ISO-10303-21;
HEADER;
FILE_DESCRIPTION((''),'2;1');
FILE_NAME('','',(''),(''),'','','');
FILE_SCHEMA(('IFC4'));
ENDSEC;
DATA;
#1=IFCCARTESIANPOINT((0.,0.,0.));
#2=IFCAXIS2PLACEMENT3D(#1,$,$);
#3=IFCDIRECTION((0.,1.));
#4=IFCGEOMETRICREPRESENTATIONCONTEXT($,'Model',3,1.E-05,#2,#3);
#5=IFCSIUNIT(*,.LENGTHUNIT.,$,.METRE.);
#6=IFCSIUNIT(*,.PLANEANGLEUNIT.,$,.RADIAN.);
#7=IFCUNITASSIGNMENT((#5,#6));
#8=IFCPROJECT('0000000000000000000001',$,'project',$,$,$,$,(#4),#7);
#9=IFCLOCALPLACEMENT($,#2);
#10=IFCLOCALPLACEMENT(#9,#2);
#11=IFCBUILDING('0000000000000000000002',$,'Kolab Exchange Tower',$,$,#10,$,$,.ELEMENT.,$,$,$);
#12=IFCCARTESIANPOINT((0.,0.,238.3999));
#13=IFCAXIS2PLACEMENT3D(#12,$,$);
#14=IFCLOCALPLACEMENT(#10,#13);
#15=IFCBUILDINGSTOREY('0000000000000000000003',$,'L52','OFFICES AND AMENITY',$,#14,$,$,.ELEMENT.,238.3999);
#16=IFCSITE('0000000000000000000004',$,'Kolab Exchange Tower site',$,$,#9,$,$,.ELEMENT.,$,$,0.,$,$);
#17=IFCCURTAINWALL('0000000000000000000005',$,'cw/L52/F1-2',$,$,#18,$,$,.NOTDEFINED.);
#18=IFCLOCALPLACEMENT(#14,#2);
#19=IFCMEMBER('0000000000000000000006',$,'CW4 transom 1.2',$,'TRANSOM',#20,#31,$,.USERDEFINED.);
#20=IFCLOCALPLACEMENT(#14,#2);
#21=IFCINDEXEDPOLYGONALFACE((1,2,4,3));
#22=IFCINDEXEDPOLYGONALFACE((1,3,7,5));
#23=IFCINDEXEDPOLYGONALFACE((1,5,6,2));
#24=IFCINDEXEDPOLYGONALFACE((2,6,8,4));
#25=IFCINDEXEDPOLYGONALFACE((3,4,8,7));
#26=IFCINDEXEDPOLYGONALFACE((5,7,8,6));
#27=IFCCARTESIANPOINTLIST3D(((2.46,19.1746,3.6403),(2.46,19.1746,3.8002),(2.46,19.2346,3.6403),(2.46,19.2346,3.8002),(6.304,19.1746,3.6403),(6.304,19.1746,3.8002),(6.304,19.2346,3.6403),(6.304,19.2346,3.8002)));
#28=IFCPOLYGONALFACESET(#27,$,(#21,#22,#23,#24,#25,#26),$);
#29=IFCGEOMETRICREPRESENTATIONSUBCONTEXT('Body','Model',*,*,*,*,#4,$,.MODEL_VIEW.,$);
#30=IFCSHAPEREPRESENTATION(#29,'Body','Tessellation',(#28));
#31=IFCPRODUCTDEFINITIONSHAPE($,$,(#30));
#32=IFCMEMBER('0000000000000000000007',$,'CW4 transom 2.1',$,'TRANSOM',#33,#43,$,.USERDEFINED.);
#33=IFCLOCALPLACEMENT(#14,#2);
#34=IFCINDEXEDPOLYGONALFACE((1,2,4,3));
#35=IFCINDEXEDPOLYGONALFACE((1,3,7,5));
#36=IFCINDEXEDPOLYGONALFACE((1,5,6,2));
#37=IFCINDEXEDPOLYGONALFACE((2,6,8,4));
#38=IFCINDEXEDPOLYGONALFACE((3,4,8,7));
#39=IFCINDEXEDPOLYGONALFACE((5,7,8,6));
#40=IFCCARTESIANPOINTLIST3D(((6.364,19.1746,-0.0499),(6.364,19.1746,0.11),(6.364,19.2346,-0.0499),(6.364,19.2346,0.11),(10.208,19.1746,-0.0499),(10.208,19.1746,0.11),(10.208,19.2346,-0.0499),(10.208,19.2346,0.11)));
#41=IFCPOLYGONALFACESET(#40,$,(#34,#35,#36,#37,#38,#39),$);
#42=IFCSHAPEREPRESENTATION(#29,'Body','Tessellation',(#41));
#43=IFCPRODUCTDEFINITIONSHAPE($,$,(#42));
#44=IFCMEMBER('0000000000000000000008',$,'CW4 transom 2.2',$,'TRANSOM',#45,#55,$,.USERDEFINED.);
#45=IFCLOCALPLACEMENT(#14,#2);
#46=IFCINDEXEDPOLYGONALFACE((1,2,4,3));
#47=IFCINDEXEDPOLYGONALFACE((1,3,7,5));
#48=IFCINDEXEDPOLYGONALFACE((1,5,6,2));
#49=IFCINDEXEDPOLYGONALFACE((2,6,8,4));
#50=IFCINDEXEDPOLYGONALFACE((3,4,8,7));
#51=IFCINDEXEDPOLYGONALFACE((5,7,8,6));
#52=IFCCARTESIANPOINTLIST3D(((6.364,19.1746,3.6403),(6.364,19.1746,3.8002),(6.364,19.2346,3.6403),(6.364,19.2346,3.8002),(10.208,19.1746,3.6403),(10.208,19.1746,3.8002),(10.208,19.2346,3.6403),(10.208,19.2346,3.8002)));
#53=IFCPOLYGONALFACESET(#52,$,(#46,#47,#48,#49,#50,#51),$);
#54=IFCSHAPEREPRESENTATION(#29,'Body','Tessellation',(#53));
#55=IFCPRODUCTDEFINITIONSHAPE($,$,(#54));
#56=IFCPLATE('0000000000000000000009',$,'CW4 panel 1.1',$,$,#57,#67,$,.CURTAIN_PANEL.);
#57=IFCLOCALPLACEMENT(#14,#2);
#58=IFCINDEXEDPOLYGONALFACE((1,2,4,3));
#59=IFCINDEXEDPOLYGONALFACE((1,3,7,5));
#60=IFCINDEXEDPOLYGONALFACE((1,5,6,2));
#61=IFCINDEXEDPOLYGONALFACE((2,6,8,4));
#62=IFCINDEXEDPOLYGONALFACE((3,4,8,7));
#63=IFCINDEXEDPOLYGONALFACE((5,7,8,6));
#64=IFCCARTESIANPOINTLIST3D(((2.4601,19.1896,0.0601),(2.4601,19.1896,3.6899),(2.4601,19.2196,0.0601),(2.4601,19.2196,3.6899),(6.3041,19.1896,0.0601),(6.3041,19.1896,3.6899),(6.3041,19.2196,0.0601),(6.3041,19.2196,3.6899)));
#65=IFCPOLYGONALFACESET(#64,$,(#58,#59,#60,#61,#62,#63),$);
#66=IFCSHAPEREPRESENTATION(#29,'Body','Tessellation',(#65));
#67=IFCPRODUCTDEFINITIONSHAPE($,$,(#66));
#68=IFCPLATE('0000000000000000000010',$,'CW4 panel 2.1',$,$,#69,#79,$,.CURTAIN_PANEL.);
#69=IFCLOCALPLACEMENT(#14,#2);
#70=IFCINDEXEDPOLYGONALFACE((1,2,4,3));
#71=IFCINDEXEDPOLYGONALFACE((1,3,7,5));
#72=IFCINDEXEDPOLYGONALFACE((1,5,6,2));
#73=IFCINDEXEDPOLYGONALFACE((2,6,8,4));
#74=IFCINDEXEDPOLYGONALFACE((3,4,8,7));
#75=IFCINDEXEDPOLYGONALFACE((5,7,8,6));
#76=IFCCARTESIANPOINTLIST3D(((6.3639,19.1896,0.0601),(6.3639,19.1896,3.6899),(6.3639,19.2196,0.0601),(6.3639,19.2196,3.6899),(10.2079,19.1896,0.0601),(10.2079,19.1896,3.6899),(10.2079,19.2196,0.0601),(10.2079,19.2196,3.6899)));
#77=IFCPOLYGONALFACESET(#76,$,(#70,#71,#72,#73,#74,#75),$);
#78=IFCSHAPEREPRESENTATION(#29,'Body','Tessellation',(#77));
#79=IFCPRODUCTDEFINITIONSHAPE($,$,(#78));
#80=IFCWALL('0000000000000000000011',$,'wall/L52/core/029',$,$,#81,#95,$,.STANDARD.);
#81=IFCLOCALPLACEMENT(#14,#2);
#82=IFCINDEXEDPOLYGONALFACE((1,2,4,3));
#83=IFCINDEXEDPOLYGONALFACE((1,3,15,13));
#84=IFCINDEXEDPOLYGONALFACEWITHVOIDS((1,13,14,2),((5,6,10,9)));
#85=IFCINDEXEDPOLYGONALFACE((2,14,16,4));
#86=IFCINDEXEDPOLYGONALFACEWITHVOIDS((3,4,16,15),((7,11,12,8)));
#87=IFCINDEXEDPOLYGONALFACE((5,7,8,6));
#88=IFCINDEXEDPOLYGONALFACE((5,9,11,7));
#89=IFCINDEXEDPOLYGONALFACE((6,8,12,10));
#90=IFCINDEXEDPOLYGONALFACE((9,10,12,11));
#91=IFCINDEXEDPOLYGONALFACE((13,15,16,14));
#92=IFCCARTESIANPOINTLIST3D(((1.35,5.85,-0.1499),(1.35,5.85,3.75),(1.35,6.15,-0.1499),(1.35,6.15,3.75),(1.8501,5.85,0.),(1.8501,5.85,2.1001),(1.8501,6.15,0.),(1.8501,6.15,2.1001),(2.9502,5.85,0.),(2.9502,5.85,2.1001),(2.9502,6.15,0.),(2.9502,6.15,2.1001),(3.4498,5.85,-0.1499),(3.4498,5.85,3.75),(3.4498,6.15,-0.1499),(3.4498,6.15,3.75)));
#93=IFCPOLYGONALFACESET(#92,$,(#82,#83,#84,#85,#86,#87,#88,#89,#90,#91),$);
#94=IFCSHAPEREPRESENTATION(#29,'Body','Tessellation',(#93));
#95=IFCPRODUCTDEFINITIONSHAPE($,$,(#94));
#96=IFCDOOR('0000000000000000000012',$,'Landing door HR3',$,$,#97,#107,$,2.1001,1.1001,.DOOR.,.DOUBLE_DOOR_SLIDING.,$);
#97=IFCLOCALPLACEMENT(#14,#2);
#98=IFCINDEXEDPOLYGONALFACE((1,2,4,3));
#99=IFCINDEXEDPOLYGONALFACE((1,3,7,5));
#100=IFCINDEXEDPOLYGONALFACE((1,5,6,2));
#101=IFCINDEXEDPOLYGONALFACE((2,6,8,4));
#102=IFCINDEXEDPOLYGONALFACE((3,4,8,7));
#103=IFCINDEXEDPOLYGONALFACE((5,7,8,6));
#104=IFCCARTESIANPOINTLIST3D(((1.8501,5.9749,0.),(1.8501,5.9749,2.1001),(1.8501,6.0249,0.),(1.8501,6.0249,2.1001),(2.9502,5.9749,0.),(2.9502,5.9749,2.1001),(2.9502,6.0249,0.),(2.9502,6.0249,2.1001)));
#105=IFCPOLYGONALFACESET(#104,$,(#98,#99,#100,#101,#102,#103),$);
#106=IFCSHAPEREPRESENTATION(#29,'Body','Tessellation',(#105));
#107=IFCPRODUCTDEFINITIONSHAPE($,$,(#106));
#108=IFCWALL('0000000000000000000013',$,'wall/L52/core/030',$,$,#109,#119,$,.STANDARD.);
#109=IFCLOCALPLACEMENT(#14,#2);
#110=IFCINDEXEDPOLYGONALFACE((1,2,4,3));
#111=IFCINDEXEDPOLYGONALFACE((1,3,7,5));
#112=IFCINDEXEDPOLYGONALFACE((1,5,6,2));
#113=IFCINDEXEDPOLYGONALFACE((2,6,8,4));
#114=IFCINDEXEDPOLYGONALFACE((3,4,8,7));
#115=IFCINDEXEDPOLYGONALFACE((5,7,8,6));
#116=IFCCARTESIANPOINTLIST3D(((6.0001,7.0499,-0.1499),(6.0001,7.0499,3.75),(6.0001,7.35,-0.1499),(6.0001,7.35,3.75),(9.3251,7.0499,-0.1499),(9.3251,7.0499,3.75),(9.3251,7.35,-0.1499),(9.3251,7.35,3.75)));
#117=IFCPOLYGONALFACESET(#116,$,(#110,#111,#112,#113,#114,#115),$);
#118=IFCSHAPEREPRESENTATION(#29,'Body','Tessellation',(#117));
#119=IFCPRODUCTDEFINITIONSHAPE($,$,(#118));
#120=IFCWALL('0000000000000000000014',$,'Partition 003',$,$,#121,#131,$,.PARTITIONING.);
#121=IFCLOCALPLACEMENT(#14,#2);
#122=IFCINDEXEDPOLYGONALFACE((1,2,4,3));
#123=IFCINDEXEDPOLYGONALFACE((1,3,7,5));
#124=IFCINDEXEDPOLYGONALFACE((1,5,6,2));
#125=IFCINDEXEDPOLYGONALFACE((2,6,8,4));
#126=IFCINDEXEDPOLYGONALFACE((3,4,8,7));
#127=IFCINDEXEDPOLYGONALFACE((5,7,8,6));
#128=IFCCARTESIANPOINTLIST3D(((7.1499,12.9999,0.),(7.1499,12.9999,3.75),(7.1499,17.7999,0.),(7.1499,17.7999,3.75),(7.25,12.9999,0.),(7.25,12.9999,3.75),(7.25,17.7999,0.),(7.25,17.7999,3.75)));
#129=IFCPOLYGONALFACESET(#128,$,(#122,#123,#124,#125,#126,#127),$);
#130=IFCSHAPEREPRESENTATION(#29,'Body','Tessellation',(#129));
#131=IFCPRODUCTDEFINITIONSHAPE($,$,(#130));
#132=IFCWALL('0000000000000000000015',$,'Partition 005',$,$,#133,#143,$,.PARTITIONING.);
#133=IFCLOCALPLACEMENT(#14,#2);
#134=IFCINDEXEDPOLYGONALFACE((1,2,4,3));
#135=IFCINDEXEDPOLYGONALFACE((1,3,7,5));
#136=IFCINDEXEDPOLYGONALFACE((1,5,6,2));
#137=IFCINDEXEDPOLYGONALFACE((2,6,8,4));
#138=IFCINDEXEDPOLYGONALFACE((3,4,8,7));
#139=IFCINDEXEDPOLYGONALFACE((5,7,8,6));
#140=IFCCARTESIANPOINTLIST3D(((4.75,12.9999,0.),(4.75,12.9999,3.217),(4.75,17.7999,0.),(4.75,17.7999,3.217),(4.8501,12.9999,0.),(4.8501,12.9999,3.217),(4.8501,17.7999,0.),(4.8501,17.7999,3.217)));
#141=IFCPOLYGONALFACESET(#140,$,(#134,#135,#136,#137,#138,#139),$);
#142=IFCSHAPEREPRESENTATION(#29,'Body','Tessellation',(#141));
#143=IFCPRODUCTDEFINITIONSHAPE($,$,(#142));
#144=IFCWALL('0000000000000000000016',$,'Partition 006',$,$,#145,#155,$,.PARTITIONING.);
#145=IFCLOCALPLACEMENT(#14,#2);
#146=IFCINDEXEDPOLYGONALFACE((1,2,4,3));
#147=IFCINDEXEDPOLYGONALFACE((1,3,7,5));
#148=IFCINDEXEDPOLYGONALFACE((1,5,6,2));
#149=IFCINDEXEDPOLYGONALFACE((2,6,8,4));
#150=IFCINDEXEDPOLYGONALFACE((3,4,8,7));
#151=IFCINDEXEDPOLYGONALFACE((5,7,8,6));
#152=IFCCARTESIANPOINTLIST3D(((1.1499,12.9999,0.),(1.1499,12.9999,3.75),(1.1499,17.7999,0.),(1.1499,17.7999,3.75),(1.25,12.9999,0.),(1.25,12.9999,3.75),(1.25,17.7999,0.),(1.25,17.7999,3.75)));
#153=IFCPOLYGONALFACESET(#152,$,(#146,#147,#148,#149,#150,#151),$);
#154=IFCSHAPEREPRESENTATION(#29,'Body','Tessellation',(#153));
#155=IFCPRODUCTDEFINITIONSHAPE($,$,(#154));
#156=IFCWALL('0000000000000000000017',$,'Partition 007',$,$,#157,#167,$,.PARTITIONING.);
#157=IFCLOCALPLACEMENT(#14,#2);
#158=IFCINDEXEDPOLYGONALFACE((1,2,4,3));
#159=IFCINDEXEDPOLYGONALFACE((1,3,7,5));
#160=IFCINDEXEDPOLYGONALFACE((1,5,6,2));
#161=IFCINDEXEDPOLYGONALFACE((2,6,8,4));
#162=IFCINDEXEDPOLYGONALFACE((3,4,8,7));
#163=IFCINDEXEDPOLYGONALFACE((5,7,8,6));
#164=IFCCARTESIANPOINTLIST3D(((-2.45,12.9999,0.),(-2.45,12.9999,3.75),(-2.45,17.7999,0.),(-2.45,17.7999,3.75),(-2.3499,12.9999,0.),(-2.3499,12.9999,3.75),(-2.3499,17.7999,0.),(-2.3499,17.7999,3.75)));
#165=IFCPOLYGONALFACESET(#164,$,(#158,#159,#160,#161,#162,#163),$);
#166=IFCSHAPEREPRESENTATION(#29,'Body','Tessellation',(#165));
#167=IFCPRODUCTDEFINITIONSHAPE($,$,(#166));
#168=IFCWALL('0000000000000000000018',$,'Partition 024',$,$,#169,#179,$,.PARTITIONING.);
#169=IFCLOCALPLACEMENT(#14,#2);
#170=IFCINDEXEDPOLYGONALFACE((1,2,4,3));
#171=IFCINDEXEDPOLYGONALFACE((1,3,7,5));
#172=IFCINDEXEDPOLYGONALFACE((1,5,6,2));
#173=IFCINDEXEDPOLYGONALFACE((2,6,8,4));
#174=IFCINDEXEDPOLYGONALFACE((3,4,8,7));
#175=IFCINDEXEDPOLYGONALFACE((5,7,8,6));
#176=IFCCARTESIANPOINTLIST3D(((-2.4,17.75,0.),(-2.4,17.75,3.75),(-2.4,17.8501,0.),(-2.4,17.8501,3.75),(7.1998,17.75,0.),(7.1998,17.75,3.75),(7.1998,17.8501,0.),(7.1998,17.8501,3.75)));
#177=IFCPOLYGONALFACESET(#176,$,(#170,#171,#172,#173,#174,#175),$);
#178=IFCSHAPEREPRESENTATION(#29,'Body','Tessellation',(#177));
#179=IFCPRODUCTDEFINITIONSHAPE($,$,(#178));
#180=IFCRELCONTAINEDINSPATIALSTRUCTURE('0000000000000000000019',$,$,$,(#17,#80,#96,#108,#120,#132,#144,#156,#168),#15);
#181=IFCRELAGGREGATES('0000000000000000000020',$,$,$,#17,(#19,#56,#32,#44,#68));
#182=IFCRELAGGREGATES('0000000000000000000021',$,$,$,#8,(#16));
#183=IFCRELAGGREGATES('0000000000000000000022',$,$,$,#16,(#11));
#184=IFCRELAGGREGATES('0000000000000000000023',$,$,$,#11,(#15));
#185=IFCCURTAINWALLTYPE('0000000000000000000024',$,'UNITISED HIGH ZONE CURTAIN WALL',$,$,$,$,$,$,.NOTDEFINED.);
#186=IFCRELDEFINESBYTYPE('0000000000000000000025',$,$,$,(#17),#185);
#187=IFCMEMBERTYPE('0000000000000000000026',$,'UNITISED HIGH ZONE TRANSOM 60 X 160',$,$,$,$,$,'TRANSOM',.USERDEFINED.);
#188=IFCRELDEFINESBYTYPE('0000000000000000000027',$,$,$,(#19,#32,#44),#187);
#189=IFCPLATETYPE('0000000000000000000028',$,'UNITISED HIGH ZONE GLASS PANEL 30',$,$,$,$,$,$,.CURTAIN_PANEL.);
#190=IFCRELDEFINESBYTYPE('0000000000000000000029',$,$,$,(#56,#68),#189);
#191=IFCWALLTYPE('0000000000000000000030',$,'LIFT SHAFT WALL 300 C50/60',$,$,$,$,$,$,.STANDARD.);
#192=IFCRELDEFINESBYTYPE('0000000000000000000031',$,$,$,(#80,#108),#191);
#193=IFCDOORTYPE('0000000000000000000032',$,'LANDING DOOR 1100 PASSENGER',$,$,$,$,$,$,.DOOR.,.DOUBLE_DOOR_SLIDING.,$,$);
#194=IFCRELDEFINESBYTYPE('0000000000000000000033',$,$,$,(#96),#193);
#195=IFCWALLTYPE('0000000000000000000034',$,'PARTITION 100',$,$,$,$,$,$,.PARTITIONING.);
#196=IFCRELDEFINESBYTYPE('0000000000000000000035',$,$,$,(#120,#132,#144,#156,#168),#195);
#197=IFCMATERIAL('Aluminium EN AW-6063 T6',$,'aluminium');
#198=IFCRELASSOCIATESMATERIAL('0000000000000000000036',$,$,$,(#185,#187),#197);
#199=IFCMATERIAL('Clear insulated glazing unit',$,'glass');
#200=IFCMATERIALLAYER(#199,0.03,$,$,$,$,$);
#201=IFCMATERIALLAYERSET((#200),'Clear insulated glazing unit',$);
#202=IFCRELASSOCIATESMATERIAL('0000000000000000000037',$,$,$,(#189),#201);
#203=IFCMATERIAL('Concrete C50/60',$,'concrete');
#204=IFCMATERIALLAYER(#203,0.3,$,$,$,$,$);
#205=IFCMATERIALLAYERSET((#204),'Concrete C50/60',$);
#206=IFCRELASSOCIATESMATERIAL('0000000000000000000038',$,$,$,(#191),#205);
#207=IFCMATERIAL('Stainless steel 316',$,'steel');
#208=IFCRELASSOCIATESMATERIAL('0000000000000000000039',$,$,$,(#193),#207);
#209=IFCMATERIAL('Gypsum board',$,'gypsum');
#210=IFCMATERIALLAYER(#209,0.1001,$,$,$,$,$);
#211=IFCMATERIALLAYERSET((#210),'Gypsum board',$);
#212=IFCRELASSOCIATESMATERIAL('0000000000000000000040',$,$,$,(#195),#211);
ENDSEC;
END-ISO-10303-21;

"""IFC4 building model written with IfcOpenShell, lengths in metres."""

from ifc_helpers import new_model, si_unit, direction, frame, frame_2d, origin, origin_2d, place, context, subcontext, project, spatial, rectangle, extrude, material, layer, layer_set, material_profile, profile_set, type_object, element, fill, aggregate, save


model = new_model("IFC4")

# Units and contexts
model_context = context("Model", 3, precision=1e-05, world=origin(), true_north=direction((0.0, 1.0)))
body_context = subcontext(model_context, "Body", "Model", "MODEL_VIEW")
ifc_project = project(units=[si_unit("LENGTHUNIT", "METRE"), si_unit("PLANEANGLEUNIT", "RADIAN")], contexts=[model_context])

# Site, building, storey
site_placement = place(None, origin())
site = spatial("IfcSite", under=ifc_project, at=site_placement, Name="Kolab Exchange Tower site", CompositionType="ELEMENT", RefElevation=0.0)
building_placement = place(site_placement, origin())
building = spatial("IfcBuilding", under=site, at=building_placement, Name="Kolab Exchange Tower", CompositionType="ELEMENT")
storey_placement = place(building_placement, frame((0.0, 0.0, 238.3999)))
storey = spatial("IfcBuildingStorey", under=building, at=storey_placement, Name="L52", Description="OFFICES AND AMENITY", CompositionType="ELEMENT", Elevation=238.3999)

# Shared definitions
ifc_material_1 = material(Name="Concrete C50/60", Category="concrete")

# Shared definitions
ifc_material_2 = material(Name="Aluminium EN AW-6063 T6", Category="aluminium")
curtain_wall_type = type_object("IfcCurtainWallType", Name="UNITISED HIGH ZONE CURTAIN WALL", PredefinedType="NOTDEFINED", material=ifc_material_2)

# Curtain wall, members, plates
curtain_wall_1_placement = place(storey_placement, origin())
curtain_wall_1 = element("IfcCurtainWall", 1, at=curtain_wall_1_placement, inside=storey, type_object=curtain_wall_type, Name="cw/L52/F1-2", PredefinedType="NOTDEFINED")
ifc_material_profile_1 = material_profile(ifc_material_2, rectangle(XDim=0.0601, YDim=0.1599, at=origin_2d()), Name="RECT 60X160")
ifc_profile_set_1 = profile_set([ifc_material_profile_1], Name="Aluminium EN AW-6063 T6")
member_type_1 = type_object("IfcMemberType", Name="UNITISED HIGH ZONE TRANSOM 60 X 160", ElementType="TRANSOM", PredefinedType="USERDEFINED", material=ifc_profile_set_1)
member_1_placement = place(storey_placement, frame((2.46, 19.2046, 3.7202), z_axis=(1.0, 0.0, 0.0), x_axis=(0.0, 1.0, 0.0)))
member_1 = element("IfcMember", 2, at=member_1_placement, type_object=member_type_1, Name="CW4 transom 1.2", ObjectType="TRANSOM", PredefinedType="USERDEFINED", context=body_context, shape_type="SweptSolid", body=[
    extrude(rectangle(XDim=0.0601, YDim=0.1599, at=origin_2d()), origin(), (0.0, 0.0, 1.0), 3.844),
])
member_2_placement = place(storey_placement, frame((6.364, 19.2046, 0.03), z_axis=(1.0, 0.0, 0.0), x_axis=(0.0, 1.0, 0.0)))
member_2 = element("IfcMember", 3, at=member_2_placement, type_object=member_type_1, Name="CW4 transom 2.1", ObjectType="TRANSOM", PredefinedType="USERDEFINED", context=body_context, shape_type="SweptSolid", body=[
    extrude(rectangle(XDim=0.0601, YDim=0.1599, at=origin_2d()), origin(), (0.0, 0.0, 1.0), 3.844),
])
member_3_placement = place(storey_placement, frame((6.364, 19.2046, 3.7202), z_axis=(1.0, 0.0, 0.0), x_axis=(0.0, 1.0, 0.0)))
member_3 = element("IfcMember", 4, at=member_3_placement, type_object=member_type_1, Name="CW4 transom 2.2", ObjectType="TRANSOM", PredefinedType="USERDEFINED", context=body_context, shape_type="SweptSolid", body=[
    extrude(rectangle(XDim=0.0601, YDim=0.1599, at=origin_2d()), origin(), (0.0, 0.0, 1.0), 3.844),
])
ifc_material_3 = material(Name="Clear insulated glazing unit", Category="glass")
ifc_layer_1 = layer(ifc_material_3, 0.03)
ifc_layer_set_1 = layer_set([ifc_layer_1], Name="Clear insulated glazing unit")
plate_type = type_object("IfcPlateType", Name="UNITISED HIGH ZONE GLASS PANEL 30", PredefinedType="CURTAIN_PANEL", material=ifc_layer_set_1)
plate_1_placement = place(storey_placement, frame((4.3821, 19.2046, 0.0601), z_axis=(0.0, 0.0, 1.0), x_axis=(1.0, 0.0, 0.0)))
plate_1 = element("IfcPlate", 5, at=plate_1_placement, type_object=plate_type, Name="CW4 panel 1.1", PredefinedType="CURTAIN_PANEL", context=body_context, shape_type="SweptSolid", body=[
    extrude(rectangle(XDim=3.844, YDim=0.03, at=origin_2d()), origin(), (0.0, 0.0, 1.0), 3.6299),
])
plate_2_placement = place(storey_placement, frame((8.2859, 19.2046, 0.0601), z_axis=(0.0, 0.0, 1.0), x_axis=(1.0, 0.0, 0.0)))
plate_2 = element("IfcPlate", 6, at=plate_2_placement, type_object=plate_type, Name="CW4 panel 2.1", PredefinedType="CURTAIN_PANEL", context=body_context, shape_type="SweptSolid", body=[
    extrude(rectangle(XDim=3.844, YDim=0.03, at=origin_2d()), origin(), (0.0, 0.0, 1.0), 3.6299),
])
aggregate(curtain_wall_1, [member_1, plate_1, member_2, member_3, plate_2])

# Wall, opening, door
ifc_layer_2 = layer(ifc_material_1, 0.3)
ifc_layer_set_2 = layer_set([ifc_layer_2], Name="Concrete C50/60")
wall_type_1 = type_object("IfcWallType", Name="LIFT SHAFT WALL 300 C50/60", PredefinedType="STANDARD", material=ifc_layer_set_2)
wall_1_placement = place(storey_placement, frame((1.3501, 6.0, -0.1499), z_axis=(0.0, 0.0, 1.0), x_axis=(1.0, 0.0, 0.0)))
wall_1 = element("IfcWall", 7, at=wall_1_placement, inside=storey, type_object=wall_type_1, Name="wall/L52/core/029", PredefinedType="STANDARD", context=body_context, shape_type="SweptSolid", body=[
    extrude(rectangle(XDim=2.0999, YDim=0.3, at=frame_2d((1.0498, 0.0))), origin(), (0.0, 0.0, 1.0), 3.8999),
])
opening_1_placement = place(wall_1_placement, frame((0.5, 0.0, 0.1499)))
opening_1 = element("IfcOpeningElement", 8, at=opening_1_placement, cuts=wall_1, PredefinedType="OPENING", context=body_context, shape_type="SweptSolid", body=[
    extrude(rectangle(XDim=1.1001, YDim=2.1001, at=frame_2d((0.55, 1.05))), frame((0.0, 0.1602, 0.0), z_axis=(0.0, -1.0, 0.0), x_axis=(1.0, 0.0, 0.0)), (0.0, 0.0, 1.0), 0.3201),
])
ifc_material_4 = material(Name="Stainless steel 316", Category="steel")
door_type_1 = type_object("IfcDoorType", Name="LANDING DOOR 1100 PASSENGER", OperationType="DOUBLE_DOOR_SLIDING", PredefinedType="DOOR", material=ifc_material_4)
door_1_placement = place(opening_1_placement, origin())
door_1 = element("IfcDoor", 9, at=door_1_placement, inside=storey, type_object=door_type_1, Name="Landing door HR3", OperationType="DOUBLE_DOOR_SLIDING", OverallHeight=2.1001, OverallWidth=1.1001, PredefinedType="DOOR", context=body_context, shape_type="SweptSolid", body=[
    extrude(rectangle(XDim=1.1001, YDim=2.1001, at=frame_2d((0.55, 1.05))), frame((0.0, 0.0249, 0.0), z_axis=(0.0, -1.0, 0.0), x_axis=(1.0, 0.0, 0.0)), (0.0, 0.0, 1.0), 0.05),
])
fill(opening_1, door_1)

# Walls
wall_2_placement = place(storey_placement, frame((6.0, 7.2, -0.1499), z_axis=(0.0, 0.0, 1.0), x_axis=(1.0, 0.0, 0.0)))
element("IfcWall", 10, at=wall_2_placement, inside=storey, type_object=wall_type_1, Name="wall/L52/core/030", PredefinedType="STANDARD", context=body_context, shape_type="SweptSolid", body=[
    extrude(rectangle(XDim=3.325, YDim=0.3, at=frame_2d((1.6626, 0.0))), origin(), (0.0, 0.0, 1.0), 3.8999),
])
ifc_material_5 = material(Name="Gypsum board", Category="gypsum")
ifc_layer_3 = layer(ifc_material_5, 0.1001)
ifc_layer_set_3 = layer_set([ifc_layer_3], Name="Gypsum board")
wall_type_2 = type_object("IfcWallType", Name="PARTITION 100", PredefinedType="PARTITIONING", material=ifc_layer_set_3)
wall_3_placement = place(storey_placement, frame((7.2, 13.0, 0.0), z_axis=(0.0, 0.0, 1.0), x_axis=(0.0, 1.0, 0.0)))
element("IfcWall", 11, at=wall_3_placement, inside=storey, type_object=wall_type_2, Name="Partition 003", PredefinedType="PARTITIONING", context=body_context, shape_type="SweptSolid", body=[
    extrude(rectangle(XDim=4.8, YDim=0.1001, at=frame_2d((2.3999, 0.0))), origin(), (0.0, 0.0, 1.0), 3.75),
])
wall_4_placement = place(storey_placement, frame((4.8, 13.0, 0.0), z_axis=(0.0, 0.0, 1.0), x_axis=(0.0, 1.0, 0.0)))
element("IfcWall", 12, at=wall_4_placement, inside=storey, type_object=wall_type_2, Name="Partition 005", PredefinedType="PARTITIONING", context=body_context, shape_type="SweptSolid", body=[
    extrude(rectangle(XDim=4.8, YDim=0.1001, at=frame_2d((2.3999, 0.0))), origin(), (0.0, 0.0, 1.0), 3.217),
])
for number, where, z_axis, x_axis, name in (
    (13, (1.2, 13.0, 0.0), (0.0, 0.0, 1.0), (0.0, 1.0, 0.0), "Partition 006"),
    (14, (-2.3999, 13.0, 0.0), (0.0, 0.0, 1.0), (0.0, 1.0, 0.0), "Partition 007"),
):
    element("IfcWall", number, at=place(storey_placement, frame(where, z_axis=z_axis, x_axis=x_axis)), inside=storey, type_object=wall_type_2, Name=name, PredefinedType="PARTITIONING", context=body_context, shape_type="SweptSolid", body=[
        extrude(rectangle(XDim=4.8, YDim=0.1001, at=frame_2d((2.3999, 0.0))), origin(), (0.0, 0.0, 1.0), 3.75),
    ])
wall_5_placement = place(storey_placement, frame((-2.3999, 17.8, 0.0), z_axis=(0.0, 0.0, 1.0), x_axis=(1.0, 0.0, 0.0)))
element("IfcWall", 15, at=wall_5_placement, inside=storey, type_object=wall_type_2, Name="Partition 024", PredefinedType="PARTITIONING", context=body_context, shape_type="SweptSolid", body=[
    extrude(rectangle(XDim=9.5999, YDim=0.1001, at=frame_2d((4.7998, 0.0))), origin(), (0.0, 0.0, 1.0), 3.75),
])

save(model, "model.ifc")
